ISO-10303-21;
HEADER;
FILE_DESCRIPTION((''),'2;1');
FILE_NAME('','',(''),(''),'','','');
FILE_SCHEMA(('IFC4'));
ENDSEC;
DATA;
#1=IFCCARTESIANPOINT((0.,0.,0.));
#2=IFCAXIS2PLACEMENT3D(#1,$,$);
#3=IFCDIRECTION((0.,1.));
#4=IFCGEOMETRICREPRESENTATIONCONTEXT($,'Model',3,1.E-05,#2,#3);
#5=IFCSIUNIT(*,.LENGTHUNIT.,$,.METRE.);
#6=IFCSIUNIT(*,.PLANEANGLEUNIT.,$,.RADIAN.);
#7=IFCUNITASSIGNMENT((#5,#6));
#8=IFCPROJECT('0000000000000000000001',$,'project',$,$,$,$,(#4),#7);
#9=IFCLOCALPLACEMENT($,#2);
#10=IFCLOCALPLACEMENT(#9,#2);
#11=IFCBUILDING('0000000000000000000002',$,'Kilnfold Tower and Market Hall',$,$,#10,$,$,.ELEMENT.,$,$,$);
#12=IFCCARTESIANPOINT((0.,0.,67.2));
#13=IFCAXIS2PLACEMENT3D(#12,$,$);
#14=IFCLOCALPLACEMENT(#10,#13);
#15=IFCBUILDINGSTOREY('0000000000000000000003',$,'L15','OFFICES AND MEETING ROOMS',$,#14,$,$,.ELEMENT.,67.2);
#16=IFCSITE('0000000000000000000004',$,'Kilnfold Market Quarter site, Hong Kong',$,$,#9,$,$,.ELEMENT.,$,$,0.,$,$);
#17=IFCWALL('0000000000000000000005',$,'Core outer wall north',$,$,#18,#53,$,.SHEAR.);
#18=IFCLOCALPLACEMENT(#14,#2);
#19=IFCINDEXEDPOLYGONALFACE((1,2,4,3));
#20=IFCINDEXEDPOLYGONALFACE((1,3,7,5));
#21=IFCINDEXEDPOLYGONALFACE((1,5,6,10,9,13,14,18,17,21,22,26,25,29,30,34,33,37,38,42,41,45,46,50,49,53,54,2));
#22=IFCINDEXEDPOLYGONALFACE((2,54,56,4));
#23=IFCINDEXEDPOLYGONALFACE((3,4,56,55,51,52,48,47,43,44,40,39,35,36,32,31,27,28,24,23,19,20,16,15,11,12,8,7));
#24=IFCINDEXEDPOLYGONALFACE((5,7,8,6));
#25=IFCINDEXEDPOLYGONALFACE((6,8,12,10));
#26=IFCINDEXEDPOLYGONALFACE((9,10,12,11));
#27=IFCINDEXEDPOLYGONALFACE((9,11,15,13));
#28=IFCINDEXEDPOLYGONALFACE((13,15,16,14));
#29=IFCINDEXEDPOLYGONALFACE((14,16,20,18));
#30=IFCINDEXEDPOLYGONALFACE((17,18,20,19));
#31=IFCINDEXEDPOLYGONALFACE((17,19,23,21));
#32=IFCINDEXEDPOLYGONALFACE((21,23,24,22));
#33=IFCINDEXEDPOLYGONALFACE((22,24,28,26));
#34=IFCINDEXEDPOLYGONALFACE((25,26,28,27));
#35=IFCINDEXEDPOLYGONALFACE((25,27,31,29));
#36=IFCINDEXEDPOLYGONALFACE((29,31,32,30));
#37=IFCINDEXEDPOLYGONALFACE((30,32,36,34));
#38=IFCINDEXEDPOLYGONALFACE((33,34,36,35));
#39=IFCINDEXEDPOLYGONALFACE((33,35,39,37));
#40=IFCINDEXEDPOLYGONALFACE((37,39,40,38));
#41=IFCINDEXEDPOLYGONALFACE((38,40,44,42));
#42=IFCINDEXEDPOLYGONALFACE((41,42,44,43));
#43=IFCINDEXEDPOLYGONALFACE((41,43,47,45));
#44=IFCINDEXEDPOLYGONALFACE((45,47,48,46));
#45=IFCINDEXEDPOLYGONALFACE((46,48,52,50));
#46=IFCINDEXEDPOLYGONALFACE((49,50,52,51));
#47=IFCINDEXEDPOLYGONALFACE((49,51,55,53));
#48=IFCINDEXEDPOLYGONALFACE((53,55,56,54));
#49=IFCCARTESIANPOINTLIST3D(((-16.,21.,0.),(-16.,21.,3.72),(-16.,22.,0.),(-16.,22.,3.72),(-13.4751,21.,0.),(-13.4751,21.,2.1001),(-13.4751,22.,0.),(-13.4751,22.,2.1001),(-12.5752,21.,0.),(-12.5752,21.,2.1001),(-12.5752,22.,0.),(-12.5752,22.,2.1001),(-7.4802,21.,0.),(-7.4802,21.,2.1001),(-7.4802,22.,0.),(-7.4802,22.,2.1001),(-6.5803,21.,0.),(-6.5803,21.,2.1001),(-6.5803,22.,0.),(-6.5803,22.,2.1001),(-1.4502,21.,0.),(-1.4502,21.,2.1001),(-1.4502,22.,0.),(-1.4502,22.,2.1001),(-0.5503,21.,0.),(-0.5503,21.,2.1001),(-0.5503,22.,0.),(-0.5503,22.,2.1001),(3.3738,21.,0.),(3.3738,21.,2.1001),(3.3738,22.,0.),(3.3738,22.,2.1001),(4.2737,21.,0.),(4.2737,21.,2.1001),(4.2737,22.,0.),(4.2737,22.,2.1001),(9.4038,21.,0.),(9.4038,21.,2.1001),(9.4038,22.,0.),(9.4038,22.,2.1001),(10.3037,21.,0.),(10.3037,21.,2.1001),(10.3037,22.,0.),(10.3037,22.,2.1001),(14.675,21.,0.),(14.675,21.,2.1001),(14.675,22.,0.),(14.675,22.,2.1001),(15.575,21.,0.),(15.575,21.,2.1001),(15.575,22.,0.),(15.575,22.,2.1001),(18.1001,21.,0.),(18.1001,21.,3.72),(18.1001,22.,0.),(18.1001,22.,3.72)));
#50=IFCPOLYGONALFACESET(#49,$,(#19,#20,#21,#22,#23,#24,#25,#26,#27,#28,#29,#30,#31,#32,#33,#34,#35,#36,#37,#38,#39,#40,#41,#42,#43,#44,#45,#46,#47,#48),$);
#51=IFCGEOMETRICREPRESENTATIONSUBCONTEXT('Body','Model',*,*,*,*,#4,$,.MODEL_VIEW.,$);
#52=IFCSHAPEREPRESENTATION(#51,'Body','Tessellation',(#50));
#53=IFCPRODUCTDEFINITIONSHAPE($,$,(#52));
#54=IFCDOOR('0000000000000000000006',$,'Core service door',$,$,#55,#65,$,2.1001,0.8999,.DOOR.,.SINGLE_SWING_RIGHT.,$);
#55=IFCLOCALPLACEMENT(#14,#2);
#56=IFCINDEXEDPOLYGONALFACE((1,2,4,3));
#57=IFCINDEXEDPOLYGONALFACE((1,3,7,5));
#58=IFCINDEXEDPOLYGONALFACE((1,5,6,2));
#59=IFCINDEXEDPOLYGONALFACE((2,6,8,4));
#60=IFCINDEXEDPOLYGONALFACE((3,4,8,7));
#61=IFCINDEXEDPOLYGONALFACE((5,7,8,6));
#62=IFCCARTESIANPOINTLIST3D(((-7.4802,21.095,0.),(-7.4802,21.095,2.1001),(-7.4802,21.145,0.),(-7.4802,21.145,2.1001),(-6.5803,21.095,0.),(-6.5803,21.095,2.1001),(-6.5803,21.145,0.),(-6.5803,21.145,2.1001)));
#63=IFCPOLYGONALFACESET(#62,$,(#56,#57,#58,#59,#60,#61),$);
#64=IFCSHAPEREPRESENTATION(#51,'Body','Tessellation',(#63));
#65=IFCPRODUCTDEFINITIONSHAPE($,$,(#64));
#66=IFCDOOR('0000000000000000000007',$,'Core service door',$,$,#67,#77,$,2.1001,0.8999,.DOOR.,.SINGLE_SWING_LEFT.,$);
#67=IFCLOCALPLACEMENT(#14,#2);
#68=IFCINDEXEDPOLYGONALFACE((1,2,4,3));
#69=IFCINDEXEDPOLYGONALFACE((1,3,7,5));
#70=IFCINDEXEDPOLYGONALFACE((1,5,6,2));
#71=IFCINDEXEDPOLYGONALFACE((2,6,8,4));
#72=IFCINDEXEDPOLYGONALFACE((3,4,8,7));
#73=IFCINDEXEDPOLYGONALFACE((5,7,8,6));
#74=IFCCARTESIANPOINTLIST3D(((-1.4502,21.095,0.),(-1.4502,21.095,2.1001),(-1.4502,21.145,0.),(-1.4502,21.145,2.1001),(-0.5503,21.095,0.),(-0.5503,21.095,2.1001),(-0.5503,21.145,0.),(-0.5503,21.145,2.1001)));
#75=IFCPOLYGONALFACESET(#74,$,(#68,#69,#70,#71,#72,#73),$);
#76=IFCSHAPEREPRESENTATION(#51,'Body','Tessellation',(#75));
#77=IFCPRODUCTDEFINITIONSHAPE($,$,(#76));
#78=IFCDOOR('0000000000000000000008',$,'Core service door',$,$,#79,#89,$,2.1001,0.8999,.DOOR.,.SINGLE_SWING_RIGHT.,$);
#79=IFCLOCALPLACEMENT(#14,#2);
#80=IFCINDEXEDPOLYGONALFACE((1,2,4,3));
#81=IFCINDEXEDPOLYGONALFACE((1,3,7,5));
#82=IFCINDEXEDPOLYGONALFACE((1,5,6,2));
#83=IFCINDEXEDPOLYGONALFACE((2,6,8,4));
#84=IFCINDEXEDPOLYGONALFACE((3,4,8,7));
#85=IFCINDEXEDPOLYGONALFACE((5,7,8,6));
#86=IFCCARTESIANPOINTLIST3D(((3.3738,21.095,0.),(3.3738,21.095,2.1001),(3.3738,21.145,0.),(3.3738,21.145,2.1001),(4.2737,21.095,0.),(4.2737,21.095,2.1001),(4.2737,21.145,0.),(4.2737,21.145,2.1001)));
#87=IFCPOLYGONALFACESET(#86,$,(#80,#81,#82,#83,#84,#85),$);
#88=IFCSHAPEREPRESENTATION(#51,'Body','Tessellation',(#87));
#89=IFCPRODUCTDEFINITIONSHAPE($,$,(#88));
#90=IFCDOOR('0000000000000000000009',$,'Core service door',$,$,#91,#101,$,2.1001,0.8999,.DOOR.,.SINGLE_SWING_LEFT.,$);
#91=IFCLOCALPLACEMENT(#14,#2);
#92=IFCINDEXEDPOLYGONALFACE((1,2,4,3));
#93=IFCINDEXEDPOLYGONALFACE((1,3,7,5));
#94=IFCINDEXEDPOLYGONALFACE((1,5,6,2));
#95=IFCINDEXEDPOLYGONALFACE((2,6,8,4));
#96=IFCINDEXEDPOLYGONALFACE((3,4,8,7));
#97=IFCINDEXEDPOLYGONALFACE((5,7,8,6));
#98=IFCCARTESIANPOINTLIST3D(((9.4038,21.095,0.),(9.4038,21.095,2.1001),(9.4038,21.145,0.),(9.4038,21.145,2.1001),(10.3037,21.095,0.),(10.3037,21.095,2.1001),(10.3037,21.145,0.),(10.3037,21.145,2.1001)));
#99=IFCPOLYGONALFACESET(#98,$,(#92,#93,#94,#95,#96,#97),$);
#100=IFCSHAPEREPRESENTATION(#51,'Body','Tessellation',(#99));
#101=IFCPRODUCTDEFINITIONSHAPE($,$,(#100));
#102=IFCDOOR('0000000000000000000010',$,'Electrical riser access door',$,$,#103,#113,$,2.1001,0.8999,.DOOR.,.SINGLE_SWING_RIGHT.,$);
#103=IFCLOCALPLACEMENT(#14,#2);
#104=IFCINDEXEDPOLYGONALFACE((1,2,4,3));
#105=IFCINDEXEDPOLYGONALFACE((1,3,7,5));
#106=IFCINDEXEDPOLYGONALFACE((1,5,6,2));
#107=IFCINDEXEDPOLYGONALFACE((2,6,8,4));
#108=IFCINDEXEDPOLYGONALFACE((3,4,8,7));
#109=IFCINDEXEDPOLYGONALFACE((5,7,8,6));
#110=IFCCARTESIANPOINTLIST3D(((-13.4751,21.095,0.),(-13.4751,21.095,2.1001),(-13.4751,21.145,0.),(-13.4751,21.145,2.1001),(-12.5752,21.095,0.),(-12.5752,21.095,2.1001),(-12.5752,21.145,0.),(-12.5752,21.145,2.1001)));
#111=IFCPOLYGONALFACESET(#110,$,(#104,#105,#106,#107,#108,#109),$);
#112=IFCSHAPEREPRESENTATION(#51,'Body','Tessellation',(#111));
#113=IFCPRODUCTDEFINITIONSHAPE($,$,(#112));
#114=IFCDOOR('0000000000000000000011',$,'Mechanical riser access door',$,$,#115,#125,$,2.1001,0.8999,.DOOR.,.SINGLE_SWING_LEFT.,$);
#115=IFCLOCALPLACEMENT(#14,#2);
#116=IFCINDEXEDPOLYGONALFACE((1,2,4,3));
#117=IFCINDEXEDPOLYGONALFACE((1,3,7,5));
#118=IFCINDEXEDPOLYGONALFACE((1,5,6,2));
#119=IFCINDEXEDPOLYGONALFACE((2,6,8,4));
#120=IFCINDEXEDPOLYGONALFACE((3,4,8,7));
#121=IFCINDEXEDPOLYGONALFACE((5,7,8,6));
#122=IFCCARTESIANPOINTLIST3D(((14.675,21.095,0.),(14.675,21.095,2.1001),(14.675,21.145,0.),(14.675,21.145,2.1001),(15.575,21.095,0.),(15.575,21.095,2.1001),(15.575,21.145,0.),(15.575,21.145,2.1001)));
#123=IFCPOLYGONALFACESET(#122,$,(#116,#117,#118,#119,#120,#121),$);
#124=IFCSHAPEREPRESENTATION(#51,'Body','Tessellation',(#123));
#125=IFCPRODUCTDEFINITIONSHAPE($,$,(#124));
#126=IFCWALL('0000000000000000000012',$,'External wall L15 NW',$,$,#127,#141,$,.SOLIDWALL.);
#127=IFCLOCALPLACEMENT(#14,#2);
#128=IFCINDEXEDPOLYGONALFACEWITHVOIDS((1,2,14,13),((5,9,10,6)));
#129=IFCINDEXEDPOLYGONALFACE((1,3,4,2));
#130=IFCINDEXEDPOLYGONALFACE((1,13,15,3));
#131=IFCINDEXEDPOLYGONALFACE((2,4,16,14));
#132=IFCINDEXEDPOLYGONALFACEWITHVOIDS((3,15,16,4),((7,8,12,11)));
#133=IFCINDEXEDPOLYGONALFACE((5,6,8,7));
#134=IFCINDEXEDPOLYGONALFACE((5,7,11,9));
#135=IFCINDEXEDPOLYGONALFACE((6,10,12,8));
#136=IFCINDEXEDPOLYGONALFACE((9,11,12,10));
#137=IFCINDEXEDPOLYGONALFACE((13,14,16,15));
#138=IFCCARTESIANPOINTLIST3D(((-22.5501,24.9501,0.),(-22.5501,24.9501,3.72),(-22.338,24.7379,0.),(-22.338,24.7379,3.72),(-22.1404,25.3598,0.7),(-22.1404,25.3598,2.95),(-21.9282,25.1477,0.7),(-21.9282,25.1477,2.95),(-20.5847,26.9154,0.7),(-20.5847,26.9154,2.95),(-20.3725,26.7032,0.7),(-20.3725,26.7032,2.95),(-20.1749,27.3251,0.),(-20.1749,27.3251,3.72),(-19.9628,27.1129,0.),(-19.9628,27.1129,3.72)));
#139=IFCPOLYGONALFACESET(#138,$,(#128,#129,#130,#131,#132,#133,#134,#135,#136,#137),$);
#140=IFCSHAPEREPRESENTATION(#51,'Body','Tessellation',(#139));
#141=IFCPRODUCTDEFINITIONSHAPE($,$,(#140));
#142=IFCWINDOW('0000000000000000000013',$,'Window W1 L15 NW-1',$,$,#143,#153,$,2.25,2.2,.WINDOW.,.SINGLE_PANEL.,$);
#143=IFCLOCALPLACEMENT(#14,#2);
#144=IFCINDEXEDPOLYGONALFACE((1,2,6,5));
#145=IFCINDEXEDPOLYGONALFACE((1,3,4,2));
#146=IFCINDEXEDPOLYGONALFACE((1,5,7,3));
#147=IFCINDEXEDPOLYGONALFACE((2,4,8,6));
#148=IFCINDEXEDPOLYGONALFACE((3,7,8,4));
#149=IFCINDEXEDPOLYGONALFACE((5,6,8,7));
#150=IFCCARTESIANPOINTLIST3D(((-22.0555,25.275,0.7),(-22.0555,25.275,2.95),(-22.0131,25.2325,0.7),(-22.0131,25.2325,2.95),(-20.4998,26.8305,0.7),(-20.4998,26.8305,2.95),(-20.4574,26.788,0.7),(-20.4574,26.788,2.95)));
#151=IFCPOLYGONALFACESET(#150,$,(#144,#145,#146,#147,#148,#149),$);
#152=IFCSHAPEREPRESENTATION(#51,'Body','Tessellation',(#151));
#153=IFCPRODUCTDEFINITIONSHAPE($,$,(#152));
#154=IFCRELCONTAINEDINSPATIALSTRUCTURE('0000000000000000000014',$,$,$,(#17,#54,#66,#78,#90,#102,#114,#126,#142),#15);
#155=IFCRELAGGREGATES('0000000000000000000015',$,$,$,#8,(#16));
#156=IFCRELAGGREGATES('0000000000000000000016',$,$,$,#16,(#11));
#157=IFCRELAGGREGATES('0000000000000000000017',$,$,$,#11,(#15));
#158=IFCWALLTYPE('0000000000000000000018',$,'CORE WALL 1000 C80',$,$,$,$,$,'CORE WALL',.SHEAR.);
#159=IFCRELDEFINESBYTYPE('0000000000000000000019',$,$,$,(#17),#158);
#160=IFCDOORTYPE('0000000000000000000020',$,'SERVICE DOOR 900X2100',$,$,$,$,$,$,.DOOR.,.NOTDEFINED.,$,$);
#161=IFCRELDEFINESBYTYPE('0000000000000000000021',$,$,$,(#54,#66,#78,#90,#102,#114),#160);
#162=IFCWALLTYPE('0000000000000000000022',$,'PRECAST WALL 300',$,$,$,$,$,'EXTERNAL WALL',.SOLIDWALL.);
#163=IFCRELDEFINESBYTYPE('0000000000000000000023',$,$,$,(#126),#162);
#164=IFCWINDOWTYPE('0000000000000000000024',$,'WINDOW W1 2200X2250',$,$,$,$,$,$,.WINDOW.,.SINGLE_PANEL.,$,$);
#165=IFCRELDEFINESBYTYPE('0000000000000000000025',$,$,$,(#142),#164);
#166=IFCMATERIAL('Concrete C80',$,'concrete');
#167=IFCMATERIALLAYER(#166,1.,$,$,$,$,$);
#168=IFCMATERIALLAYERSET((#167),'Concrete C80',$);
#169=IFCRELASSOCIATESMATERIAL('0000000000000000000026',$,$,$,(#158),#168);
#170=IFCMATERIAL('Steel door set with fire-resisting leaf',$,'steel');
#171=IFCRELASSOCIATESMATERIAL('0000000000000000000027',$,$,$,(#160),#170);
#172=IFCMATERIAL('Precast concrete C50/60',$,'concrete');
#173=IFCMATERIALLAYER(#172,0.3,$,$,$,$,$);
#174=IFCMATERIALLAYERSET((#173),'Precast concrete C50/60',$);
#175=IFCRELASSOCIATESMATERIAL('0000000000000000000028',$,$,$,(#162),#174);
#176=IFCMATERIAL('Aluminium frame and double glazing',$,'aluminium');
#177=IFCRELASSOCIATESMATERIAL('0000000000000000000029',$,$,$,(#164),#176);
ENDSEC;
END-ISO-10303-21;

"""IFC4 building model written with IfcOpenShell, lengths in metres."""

from ifc_helpers import new_model, si_unit, direction, frame, frame_2d, origin, place, context, subcontext, project, spatial, rectangle, extrude, source, transform, mapped, material, layer, layer_set, type_object, element, fill, save


model = new_model("IFC4")

# Units and contexts
model_context = context("Model", 3, precision=1e-05, world=origin(), true_north=direction((0.0, 1.0)))
body_context = subcontext(model_context, "Body", "Model", "MODEL_VIEW")
ifc_project = project(units=[si_unit("LENGTHUNIT", "METRE"), si_unit("PLANEANGLEUNIT", "RADIAN")], contexts=[model_context])

# Site, building, storey
site_placement = place(None, origin())
site = spatial("IfcSite", under=ifc_project, at=site_placement, Name="Kilnfold Market Quarter site, Hong Kong", CompositionType="ELEMENT", RefElevation=0.0)
building_placement = place(site_placement, origin())
building = spatial("IfcBuilding", under=site, at=building_placement, Name="Kilnfold Tower and Market Hall", CompositionType="ELEMENT")
storey_placement = place(building_placement, frame((0.0, 0.0, 67.2)))
storey = spatial("IfcBuildingStorey", under=building, at=storey_placement, Name="L15", Description="OFFICES AND MEETING ROOMS", CompositionType="ELEMENT", Elevation=67.2)

# Wall, openings, doors
ifc_material_1 = material(Name="Concrete C80", Category="concrete")
ifc_layer_1 = layer(ifc_material_1, 1.0)
ifc_layer_set_1 = layer_set([ifc_layer_1], Name="Concrete C80")
wall_type_1 = type_object("IfcWallType", Name="CORE WALL 1000 C80", ElementType="CORE WALL", PredefinedType="SHEAR", material=ifc_layer_set_1)
shared_shape_1 = source(origin(), body_context, "Body", "SweptSolid", [
    extrude(rectangle(XDim=34.1001, YDim=1.0, at=frame_2d((17.05, 0.0))), origin(), (0.0, 0.0, 1.0), 3.72),
])
wall_1_placement = place(storey_placement, frame((-16.0, 21.5, 0.0), z_axis=(0.0, 0.0, 1.0), x_axis=(1.0, 0.0, 0.0)))
wall_1 = element("IfcWall", 1, at=wall_1_placement, inside=storey, type_object=wall_type_1, Name="Core outer wall north", PredefinedType="SHEAR", context=body_context, shape_type="MappedRepresentation", body=[
    mapped(shared_shape_1, transform((0.0, 0.0, 0.0))),
])
opening_1_placement = place(wall_1_placement, frame((8.5198, 0.0, 0.0)))
opening_1 = element("IfcOpeningElement", 2, at=opening_1_placement, cuts=wall_1, PredefinedType="OPENING", context=body_context, shape_type="SweptSolid", body=[
    extrude(rectangle(XDim=0.8999, YDim=2.1001, at=frame_2d((0.45, 1.05))), frame((0.0, 0.51, 0.0), z_axis=(0.0, -1.0, 0.0), x_axis=(1.0, 0.0, 0.0)), (0.0, 0.0, 1.0), 1.02),
])
opening_2_placement = place(wall_1_placement, frame((14.5498, 0.0, 0.0)))
opening_2 = element("IfcOpeningElement", 3, at=opening_2_placement, cuts=wall_1, PredefinedType="OPENING", context=body_context, shape_type="SweptSolid", body=[
    extrude(rectangle(XDim=0.8999, YDim=2.1001, at=frame_2d((0.45, 1.05))), frame((0.0, 0.51, 0.0), z_axis=(0.0, -1.0, 0.0), x_axis=(1.0, 0.0, 0.0)), (0.0, 0.0, 1.0), 1.02),
])
opening_3_placement = place(wall_1_placement, frame((19.3738, 0.0, 0.0)))
opening_3 = element("IfcOpeningElement", 4, at=opening_3_placement, cuts=wall_1, PredefinedType="OPENING", context=body_context, shape_type="SweptSolid", body=[
    extrude(rectangle(XDim=0.8999, YDim=2.1001, at=frame_2d((0.45, 1.05))), frame((0.0, 0.51, 0.0), z_axis=(0.0, -1.0, 0.0), x_axis=(1.0, 0.0, 0.0)), (0.0, 0.0, 1.0), 1.02),
])
opening_4_placement = place(wall_1_placement, frame((25.4038, 0.0, 0.0)))
opening_4 = element("IfcOpeningElement", 5, at=opening_4_placement, cuts=wall_1, PredefinedType="OPENING", context=body_context, shape_type="SweptSolid", body=[
    extrude(rectangle(XDim=0.8999, YDim=2.1001, at=frame_2d((0.45, 1.05))), frame((0.0, 0.51, 0.0), z_axis=(0.0, -1.0, 0.0), x_axis=(1.0, 0.0, 0.0)), (0.0, 0.0, 1.0), 1.02),
])
opening_5_placement = place(wall_1_placement, frame((2.5249, 0.0, 0.0)))
opening_5 = element("IfcOpeningElement", 6, at=opening_5_placement, cuts=wall_1, PredefinedType="OPENING", context=body_context, shape_type="SweptSolid", body=[
    extrude(rectangle(XDim=0.8999, YDim=2.1001, at=frame_2d((0.45, 1.05))), frame((0.0, 0.51, 0.0), z_axis=(0.0, -1.0, 0.0), x_axis=(1.0, 0.0, 0.0)), (0.0, 0.0, 1.0), 1.02),
])
opening_6_placement = place(wall_1_placement, frame((30.675, 0.0, 0.0)))
opening_6 = element("IfcOpeningElement", 7, at=opening_6_placement, cuts=wall_1, PredefinedType="OPENING", context=body_context, shape_type="SweptSolid", body=[
    extrude(rectangle(XDim=0.8999, YDim=2.1001, at=frame_2d((0.45, 1.05))), frame((0.0, 0.51, 0.0), z_axis=(0.0, -1.0, 0.0), x_axis=(1.0, 0.0, 0.0)), (0.0, 0.0, 1.0), 1.02),
])
ifc_material_2 = material(Name="Steel door set with fire-resisting leaf", Category="steel")
door_type = type_object("IfcDoorType", Name="SERVICE DOOR 900X2100", OperationType="NOTDEFINED", PredefinedType="DOOR", material=ifc_material_2)
door_1_placement = place(opening_1_placement, origin())
door_1 = element("IfcDoor", 8, at=door_1_placement, inside=storey, type_object=door_type, Name="Core service door", OperationType="SINGLE_SWING_RIGHT", OverallHeight=2.1001, OverallWidth=0.8999, PredefinedType="DOOR", context=body_context, shape_type="SweptSolid", body=[
    extrude(rectangle(XDim=0.8999, YDim=2.1001, at=frame_2d((0.45, 1.05))), frame((0.0, -0.355, 0.0), z_axis=(0.0, -1.0, 0.0), x_axis=(1.0, 0.0, 0.0)), (0.0, 0.0, 1.0), 0.05),
])
fill(opening_1, door_1)
door_2_placement = place(opening_2_placement, origin())
door_2 = element("IfcDoor", 9, at=door_2_placement, inside=storey, type_object=door_type, Name="Core service door", OperationType="SINGLE_SWING_LEFT", OverallHeight=2.1001, OverallWidth=0.8999, PredefinedType="DOOR", context=body_context, shape_type="SweptSolid", body=[
    extrude(rectangle(XDim=0.8999, YDim=2.1001, at=frame_2d((0.45, 1.05))), frame((0.0, -0.355, 0.0), z_axis=(0.0, -1.0, 0.0), x_axis=(1.0, 0.0, 0.0)), (0.0, 0.0, 1.0), 0.05),
])
fill(opening_2, door_2)
door_3_placement = place(opening_3_placement, origin())
door_3 = element("IfcDoor", 10, at=door_3_placement, inside=storey, type_object=door_type, Name="Core service door", OperationType="SINGLE_SWING_RIGHT", OverallHeight=2.1001, OverallWidth=0.8999, PredefinedType="DOOR", context=body_context, shape_type="SweptSolid", body=[
    extrude(rectangle(XDim=0.8999, YDim=2.1001, at=frame_2d((0.45, 1.05))), frame((0.0, -0.355, 0.0), z_axis=(0.0, -1.0, 0.0), x_axis=(1.0, 0.0, 0.0)), (0.0, 0.0, 1.0), 0.05),
])
fill(opening_3, door_3)
door_4_placement = place(opening_4_placement, origin())
door_4 = element("IfcDoor", 11, at=door_4_placement, inside=storey, type_object=door_type, Name="Core service door", OperationType="SINGLE_SWING_LEFT", OverallHeight=2.1001, OverallWidth=0.8999, PredefinedType="DOOR", context=body_context, shape_type="SweptSolid", body=[
    extrude(rectangle(XDim=0.8999, YDim=2.1001, at=frame_2d((0.45, 1.05))), frame((0.0, -0.355, 0.0), z_axis=(0.0, -1.0, 0.0), x_axis=(1.0, 0.0, 0.0)), (0.0, 0.0, 1.0), 0.05),
])
fill(opening_4, door_4)
door_5_placement = place(opening_5_placement, origin())
door_5 = element("IfcDoor", 12, at=door_5_placement, inside=storey, type_object=door_type, Name="Electrical riser access door", OperationType="SINGLE_SWING_RIGHT", OverallHeight=2.1001, OverallWidth=0.8999, PredefinedType="DOOR", context=body_context, shape_type="SweptSolid", body=[
    extrude(rectangle(XDim=0.8999, YDim=2.1001, at=frame_2d((0.45, 1.05))), frame((0.0, -0.355, 0.0), z_axis=(0.0, -1.0, 0.0), x_axis=(1.0, 0.0, 0.0)), (0.0, 0.0, 1.0), 0.05),
])
fill(opening_5, door_5)
door_6_placement = place(opening_6_placement, origin())
door_6 = element("IfcDoor", 13, at=door_6_placement, inside=storey, type_object=door_type, Name="Mechanical riser access door", OperationType="SINGLE_SWING_LEFT", OverallHeight=2.1001, OverallWidth=0.8999, PredefinedType="DOOR", context=body_context, shape_type="SweptSolid", body=[
    extrude(rectangle(XDim=0.8999, YDim=2.1001, at=frame_2d((0.45, 1.05))), frame((0.0, -0.355, 0.0), z_axis=(0.0, -1.0, 0.0), x_axis=(1.0, 0.0, 0.0)), (0.0, 0.0, 1.0), 0.05),
])
fill(opening_6, door_6)

# Wall, opening, window
ifc_material_3 = material(Name="Precast concrete C50/60", Category="concrete")
ifc_layer_2 = layer(ifc_material_3, 0.3)
ifc_layer_set_2 = layer_set([ifc_layer_2], Name="Precast concrete C50/60")
wall_type_2 = type_object("IfcWallType", Name="PRECAST WALL 300", ElementType="EXTERNAL WALL", PredefinedType="SOLIDWALL", material=ifc_layer_set_2)
shared_shape_2 = source(origin(), body_context, "Body", "SweptSolid", [
    extrude(rectangle(XDim=3.3589, YDim=0.3, at=frame_2d((1.6794, 0.0))), origin(), (0.0, 0.0, 1.0), 3.72),
])
wall_2_placement = place(storey_placement, frame((-20.0688, 27.219, 0.0), z_axis=(0.0, 0.0, 1.0), x_axis=(-0.707143, -0.70707, 0.0)))
wall_2 = element("IfcWall", 14, at=wall_2_placement, inside=storey, type_object=wall_type_2, Name="External wall L15 NW", PredefinedType="SOLIDWALL", context=body_context, shape_type="MappedRepresentation", body=[
    mapped(shared_shape_2, transform((0.0, 0.0, 0.0))),
])
opening_7_placement = place(wall_2_placement, frame((0.5793, 0.0, 0.7)))
opening_7 = element("IfcOpeningElement", 15, at=opening_7_placement, cuts=wall_2, PredefinedType="OPENING", context=body_context, shape_type="SweptSolid", body=[
    extrude(rectangle(XDim=2.2, YDim=2.25, at=frame_2d((1.1001, 1.125))), frame((0.0, 0.1602, 0.0), z_axis=(0.0, -1.0, 0.0), x_axis=(1.0, 0.0, 0.0)), (0.0, 0.0, 1.0), 0.3201),
])
ifc_material_4 = material(Name="Aluminium frame and double glazing", Category="aluminium")
window_type = type_object("IfcWindowType", Name="WINDOW W1 2200X2250", PartitioningType="SINGLE_PANEL", PredefinedType="WINDOW", material=ifc_material_4)
window_1_placement = place(opening_7_placement, origin())
window_1 = element("IfcWindow", 16, at=window_1_placement, inside=storey, type_object=window_type, Name="Window W1 L15 NW-1", OverallHeight=2.25, OverallWidth=2.2, PartitioningType="SINGLE_PANEL", PredefinedType="WINDOW", context=body_context, shape_type="SweptSolid", body=[
    extrude(rectangle(XDim=2.2, YDim=2.25, at=frame_2d((1.1001, 1.125))), frame((0.0, 0.03, 0.0), z_axis=(0.0, -1.0, 0.0), x_axis=(1.0, 0.0, 0.0)), (0.0, 0.0, 1.0), 0.0601),
])
fill(opening_7, window_1)

save(model, "model.ifc")
